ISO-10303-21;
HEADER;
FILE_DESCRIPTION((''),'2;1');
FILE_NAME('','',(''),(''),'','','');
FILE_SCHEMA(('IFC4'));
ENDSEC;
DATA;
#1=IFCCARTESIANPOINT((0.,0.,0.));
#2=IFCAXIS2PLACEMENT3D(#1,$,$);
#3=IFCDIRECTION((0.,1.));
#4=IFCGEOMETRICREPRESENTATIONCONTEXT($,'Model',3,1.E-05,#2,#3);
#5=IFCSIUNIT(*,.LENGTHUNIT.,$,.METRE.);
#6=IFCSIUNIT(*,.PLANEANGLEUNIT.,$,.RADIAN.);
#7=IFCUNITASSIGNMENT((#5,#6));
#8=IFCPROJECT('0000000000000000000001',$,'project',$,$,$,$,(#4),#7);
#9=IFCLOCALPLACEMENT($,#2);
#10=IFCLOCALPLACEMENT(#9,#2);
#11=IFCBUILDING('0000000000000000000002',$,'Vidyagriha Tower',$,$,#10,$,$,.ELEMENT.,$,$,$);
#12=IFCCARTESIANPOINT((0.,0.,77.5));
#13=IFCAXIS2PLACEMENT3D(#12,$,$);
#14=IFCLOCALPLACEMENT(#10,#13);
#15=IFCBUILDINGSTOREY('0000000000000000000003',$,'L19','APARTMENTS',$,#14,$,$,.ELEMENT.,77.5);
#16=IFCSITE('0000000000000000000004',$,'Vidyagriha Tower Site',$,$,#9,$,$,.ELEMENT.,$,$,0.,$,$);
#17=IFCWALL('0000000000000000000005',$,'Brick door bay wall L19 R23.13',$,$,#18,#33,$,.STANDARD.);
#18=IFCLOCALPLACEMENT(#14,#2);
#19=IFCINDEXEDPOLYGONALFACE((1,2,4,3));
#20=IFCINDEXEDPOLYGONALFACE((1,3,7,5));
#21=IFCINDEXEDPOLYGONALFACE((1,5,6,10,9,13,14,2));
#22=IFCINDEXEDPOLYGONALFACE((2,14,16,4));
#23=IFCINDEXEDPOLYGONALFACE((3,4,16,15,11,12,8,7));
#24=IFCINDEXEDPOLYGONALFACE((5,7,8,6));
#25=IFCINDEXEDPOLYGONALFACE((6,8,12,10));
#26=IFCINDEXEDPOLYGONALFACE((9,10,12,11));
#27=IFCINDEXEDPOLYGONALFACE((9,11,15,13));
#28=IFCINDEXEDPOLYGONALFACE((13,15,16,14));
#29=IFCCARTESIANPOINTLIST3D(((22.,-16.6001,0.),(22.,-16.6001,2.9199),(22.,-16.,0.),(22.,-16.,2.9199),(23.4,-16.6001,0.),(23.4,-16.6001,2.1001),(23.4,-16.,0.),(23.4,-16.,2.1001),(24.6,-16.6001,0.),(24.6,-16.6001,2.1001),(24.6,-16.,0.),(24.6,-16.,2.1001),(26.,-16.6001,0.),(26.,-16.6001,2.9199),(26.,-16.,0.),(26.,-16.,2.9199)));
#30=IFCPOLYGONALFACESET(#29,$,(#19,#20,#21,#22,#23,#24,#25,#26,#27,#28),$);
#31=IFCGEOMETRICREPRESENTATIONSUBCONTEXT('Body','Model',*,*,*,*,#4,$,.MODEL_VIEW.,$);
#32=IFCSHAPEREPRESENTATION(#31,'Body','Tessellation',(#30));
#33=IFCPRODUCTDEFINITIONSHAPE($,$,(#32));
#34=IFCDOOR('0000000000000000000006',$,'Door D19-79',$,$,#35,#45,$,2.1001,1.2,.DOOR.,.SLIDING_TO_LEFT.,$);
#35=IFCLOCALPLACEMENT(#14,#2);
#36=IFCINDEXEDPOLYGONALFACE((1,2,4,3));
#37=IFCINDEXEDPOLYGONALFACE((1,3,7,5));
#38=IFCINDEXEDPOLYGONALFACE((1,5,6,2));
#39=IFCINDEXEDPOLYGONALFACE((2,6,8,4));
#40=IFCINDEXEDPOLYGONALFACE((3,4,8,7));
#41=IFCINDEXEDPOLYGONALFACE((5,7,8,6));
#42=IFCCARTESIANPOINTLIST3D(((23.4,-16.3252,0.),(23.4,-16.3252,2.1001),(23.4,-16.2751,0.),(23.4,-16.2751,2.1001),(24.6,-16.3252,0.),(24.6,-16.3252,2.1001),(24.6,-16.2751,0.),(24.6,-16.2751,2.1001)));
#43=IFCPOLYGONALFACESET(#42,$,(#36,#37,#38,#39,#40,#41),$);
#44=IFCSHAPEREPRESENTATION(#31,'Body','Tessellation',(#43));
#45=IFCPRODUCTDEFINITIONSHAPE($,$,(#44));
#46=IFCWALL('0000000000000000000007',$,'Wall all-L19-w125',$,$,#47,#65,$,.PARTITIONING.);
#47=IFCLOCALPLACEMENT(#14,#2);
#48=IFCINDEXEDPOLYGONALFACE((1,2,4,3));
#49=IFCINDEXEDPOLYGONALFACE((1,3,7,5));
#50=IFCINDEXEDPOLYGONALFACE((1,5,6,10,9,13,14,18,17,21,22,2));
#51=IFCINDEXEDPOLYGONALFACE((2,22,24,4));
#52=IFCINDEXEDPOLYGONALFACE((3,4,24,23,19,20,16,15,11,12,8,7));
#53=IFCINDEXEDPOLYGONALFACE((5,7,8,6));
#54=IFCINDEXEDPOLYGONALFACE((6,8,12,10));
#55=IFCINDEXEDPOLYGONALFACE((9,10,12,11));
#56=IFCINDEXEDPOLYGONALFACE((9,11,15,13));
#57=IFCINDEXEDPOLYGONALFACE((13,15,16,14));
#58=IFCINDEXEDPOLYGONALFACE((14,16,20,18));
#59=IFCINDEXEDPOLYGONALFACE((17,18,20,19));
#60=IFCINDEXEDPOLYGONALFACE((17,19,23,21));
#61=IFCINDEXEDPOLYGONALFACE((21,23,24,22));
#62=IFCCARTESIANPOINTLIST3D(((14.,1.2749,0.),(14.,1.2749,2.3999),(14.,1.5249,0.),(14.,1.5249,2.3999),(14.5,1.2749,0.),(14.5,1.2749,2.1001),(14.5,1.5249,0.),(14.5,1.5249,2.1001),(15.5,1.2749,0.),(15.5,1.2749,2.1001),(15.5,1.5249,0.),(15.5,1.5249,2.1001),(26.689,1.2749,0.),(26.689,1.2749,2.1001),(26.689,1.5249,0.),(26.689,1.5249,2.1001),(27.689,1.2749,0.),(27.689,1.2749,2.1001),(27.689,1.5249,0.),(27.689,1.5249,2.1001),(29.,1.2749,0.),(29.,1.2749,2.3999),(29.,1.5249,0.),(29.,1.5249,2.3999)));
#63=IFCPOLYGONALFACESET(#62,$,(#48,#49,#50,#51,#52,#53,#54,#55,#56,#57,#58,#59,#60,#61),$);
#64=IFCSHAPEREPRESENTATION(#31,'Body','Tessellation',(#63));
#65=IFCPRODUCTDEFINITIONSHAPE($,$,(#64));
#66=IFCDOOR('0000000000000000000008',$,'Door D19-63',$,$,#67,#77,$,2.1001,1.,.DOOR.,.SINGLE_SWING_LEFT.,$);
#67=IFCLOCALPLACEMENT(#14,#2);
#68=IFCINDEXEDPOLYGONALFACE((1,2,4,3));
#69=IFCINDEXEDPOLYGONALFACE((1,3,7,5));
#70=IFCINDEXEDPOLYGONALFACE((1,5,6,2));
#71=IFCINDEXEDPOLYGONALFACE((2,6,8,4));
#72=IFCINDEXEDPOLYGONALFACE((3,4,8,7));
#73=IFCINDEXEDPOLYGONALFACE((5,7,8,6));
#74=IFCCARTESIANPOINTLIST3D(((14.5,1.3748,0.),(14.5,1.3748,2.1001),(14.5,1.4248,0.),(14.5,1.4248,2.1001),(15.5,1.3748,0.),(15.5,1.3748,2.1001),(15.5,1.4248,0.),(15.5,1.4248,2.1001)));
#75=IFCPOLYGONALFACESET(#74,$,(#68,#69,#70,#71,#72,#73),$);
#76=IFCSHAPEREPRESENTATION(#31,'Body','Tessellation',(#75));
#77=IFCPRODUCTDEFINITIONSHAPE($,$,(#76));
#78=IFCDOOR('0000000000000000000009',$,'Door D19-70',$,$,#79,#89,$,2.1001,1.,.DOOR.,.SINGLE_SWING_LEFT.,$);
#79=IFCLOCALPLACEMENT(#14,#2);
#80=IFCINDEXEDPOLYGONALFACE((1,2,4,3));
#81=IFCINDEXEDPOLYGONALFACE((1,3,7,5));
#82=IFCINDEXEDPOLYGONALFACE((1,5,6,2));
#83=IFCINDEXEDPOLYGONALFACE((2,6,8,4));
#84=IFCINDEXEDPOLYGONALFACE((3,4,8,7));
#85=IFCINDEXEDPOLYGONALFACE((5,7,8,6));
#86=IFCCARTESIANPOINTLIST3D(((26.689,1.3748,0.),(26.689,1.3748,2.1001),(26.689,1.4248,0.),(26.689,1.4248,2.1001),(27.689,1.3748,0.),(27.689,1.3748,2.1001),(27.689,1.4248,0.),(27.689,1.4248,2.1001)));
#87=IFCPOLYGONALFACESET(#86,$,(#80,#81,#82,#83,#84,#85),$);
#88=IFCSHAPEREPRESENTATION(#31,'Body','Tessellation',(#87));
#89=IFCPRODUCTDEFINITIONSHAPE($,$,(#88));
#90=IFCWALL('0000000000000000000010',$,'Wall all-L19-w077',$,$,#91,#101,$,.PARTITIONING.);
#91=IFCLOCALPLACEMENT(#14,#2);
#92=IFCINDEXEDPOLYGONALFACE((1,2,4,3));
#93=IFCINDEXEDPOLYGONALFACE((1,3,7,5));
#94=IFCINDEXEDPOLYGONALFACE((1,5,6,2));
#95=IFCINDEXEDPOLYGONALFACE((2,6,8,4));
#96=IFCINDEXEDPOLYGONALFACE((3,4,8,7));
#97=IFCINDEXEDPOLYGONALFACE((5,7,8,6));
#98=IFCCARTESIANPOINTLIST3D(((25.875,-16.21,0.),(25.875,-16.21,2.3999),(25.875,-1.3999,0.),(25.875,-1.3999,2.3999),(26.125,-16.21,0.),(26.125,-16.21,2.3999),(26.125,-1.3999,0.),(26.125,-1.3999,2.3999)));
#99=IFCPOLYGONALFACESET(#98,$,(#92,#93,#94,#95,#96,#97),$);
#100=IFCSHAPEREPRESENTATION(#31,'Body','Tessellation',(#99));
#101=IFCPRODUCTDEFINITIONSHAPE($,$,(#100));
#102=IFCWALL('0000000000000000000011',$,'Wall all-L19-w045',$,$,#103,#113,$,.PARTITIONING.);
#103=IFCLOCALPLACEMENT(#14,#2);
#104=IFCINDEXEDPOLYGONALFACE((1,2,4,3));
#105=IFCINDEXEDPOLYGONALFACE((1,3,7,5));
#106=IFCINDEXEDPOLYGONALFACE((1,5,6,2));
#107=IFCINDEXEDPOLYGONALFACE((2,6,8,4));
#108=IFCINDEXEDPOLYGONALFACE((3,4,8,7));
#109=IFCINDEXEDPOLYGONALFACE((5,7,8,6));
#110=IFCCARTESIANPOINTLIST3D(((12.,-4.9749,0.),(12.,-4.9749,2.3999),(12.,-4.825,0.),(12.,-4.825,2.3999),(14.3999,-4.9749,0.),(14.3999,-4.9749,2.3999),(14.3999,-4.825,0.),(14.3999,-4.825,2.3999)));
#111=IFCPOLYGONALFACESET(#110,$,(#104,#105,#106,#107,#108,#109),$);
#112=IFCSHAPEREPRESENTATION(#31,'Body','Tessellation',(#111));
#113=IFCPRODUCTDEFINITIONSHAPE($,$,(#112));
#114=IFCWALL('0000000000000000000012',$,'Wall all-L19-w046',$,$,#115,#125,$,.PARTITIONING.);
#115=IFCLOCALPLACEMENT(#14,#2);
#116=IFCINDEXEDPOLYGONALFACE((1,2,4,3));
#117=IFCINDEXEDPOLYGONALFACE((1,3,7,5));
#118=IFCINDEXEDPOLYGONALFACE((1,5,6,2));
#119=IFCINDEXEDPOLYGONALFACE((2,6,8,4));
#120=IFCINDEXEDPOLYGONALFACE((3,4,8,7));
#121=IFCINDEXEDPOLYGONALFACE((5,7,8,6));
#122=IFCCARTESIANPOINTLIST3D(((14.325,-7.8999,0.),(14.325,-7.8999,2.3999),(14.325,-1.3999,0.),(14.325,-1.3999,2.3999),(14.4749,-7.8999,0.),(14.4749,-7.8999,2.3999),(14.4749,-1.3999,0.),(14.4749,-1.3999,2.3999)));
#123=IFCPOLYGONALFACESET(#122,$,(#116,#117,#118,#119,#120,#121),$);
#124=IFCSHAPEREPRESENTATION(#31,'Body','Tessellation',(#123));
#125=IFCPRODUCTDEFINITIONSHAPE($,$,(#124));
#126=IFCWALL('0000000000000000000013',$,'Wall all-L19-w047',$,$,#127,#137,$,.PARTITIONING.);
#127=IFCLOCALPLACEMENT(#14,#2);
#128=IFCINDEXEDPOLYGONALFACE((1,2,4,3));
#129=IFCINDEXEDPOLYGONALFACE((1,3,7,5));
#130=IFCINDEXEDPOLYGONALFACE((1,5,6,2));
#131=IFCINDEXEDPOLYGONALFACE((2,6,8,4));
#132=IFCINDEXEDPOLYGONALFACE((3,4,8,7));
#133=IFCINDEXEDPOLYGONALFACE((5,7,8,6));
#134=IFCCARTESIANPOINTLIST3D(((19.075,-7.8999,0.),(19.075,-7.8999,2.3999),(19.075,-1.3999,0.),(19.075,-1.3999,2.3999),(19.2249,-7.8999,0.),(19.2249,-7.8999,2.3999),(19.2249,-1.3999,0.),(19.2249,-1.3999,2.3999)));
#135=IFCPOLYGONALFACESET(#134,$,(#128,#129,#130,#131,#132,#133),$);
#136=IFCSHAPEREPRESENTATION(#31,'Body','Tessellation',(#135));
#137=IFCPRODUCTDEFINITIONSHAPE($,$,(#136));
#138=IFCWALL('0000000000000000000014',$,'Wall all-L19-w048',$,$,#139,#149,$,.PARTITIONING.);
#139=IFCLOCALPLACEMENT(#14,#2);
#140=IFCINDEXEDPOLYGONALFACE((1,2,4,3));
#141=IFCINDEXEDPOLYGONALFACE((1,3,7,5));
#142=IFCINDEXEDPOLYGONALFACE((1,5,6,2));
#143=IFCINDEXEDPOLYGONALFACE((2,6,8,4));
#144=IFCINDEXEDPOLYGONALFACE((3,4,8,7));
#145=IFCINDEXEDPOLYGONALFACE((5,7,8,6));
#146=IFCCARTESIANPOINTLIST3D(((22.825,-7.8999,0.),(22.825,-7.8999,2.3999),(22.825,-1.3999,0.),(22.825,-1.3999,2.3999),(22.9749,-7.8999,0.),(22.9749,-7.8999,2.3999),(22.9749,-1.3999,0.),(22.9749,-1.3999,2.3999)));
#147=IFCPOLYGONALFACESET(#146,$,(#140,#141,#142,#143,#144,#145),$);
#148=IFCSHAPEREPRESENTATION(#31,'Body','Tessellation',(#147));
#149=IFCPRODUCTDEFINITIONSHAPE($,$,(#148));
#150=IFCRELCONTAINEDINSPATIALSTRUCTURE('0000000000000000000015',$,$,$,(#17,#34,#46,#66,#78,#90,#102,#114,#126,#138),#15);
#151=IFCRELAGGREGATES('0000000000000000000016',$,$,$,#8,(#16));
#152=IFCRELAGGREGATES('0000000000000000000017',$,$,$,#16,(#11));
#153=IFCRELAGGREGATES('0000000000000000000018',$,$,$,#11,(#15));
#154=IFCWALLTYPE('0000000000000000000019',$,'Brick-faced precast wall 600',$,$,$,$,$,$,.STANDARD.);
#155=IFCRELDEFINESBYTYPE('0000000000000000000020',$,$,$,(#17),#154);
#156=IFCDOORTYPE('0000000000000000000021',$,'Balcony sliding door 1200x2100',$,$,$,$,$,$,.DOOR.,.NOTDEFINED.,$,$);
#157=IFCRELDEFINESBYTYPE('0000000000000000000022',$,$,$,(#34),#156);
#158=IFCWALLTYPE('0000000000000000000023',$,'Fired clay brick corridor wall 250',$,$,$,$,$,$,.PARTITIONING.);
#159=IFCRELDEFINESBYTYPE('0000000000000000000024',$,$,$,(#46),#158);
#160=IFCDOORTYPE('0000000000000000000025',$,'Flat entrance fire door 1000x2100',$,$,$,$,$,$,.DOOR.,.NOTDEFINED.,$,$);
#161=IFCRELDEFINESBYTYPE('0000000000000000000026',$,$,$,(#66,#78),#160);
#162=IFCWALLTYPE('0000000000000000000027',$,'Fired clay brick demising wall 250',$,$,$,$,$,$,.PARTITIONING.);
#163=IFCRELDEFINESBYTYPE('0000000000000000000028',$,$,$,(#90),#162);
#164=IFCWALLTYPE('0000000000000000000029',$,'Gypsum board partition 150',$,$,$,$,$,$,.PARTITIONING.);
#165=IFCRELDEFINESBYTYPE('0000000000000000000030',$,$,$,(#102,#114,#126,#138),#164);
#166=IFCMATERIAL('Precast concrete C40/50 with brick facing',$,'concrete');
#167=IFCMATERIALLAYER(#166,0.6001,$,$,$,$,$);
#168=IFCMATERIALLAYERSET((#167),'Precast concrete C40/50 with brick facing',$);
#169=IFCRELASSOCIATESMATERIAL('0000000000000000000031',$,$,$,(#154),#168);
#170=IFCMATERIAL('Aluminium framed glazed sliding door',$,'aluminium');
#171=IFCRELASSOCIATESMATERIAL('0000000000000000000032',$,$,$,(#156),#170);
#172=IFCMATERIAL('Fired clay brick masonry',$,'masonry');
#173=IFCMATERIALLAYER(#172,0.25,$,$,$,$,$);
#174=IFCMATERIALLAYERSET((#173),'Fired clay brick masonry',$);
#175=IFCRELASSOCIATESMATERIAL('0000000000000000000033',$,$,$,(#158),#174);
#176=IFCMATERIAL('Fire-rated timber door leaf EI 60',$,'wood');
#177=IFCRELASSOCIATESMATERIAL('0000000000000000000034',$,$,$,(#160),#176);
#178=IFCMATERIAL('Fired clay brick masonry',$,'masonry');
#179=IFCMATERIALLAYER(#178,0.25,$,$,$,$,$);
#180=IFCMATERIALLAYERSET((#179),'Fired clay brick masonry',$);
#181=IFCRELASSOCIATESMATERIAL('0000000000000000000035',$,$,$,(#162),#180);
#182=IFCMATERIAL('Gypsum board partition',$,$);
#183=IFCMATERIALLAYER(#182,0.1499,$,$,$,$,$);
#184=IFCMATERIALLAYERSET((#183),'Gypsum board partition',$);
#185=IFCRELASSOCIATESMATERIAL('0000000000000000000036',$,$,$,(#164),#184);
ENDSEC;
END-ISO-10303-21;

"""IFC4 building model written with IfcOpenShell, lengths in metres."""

from ifc_helpers import new_model, si_unit, direction, frame, frame_2d, origin, place, context, subcontext, project, spatial, rectangle, extrude, material, layer, layer_set, type_object, element, fill, save


model = new_model("IFC4")

# Units and contexts
model_context = context("Model", 3, precision=1e-05, world=origin(), true_north=direction((0.0, 1.0)))
body_context = subcontext(model_context, "Body", "Model", "MODEL_VIEW")
ifc_project = project(units=[si_unit("LENGTHUNIT", "METRE"), si_unit("PLANEANGLEUNIT", "RADIAN")], contexts=[model_context])

# Site, building, storey
site_placement = place(None, origin())
site = spatial("IfcSite", under=ifc_project, at=site_placement, Name="Vidyagriha Tower Site", CompositionType="ELEMENT", RefElevation=0.0)
building_placement = place(site_placement, origin())
building = spatial("IfcBuilding", under=site, at=building_placement, Name="Vidyagriha Tower", CompositionType="ELEMENT")
storey_placement = place(building_placement, frame((0.0, 0.0, 77.5)))
storey = spatial("IfcBuildingStorey", under=building, at=storey_placement, Name="L19", Description="APARTMENTS", CompositionType="ELEMENT", Elevation=77.5)

# Wall, opening, door
ifc_material_1 = material(Name="Precast concrete C40/50 with brick facing", Category="concrete")
ifc_layer_1 = layer(ifc_material_1, 0.6001)
ifc_layer_set_1 = layer_set([ifc_layer_1], Name="Precast concrete C40/50 with brick facing")
wall_type_1 = type_object("IfcWallType", Name="Brick-faced precast wall 600", PredefinedType="STANDARD", material=ifc_layer_set_1)
wall_1_placement = place(storey_placement, frame((22.0, -16.3, 0.0)))
wall_1 = element("IfcWall", 1, at=wall_1_placement, inside=storey, type_object=wall_type_1, Name="Brick door bay wall L19 R23.13", PredefinedType="STANDARD", context=body_context, shape_type="SweptSolid", body=[
    extrude(rectangle(XDim=4.0, YDim=0.6001, at=frame_2d((2.0, 0.0))), origin(), (0.0, 0.0, 1.0), 2.9199),
])
opening_1_placement = place(wall_1_placement, frame((1.3999, 0.0, 0.0)))
opening_1 = element("IfcOpeningElement", 2, at=opening_1_placement, cuts=wall_1, PredefinedType="OPENING", context=body_context, shape_type="SweptSolid", body=[
    extrude(rectangle(XDim=1.2, YDim=2.1001, at=frame_2d((0.6001, 1.05))), frame((0.0, 0.3101, 0.0), z_axis=(0.0, -1.0, 0.0), x_axis=(1.0, 0.0, 0.0)), (0.0, 0.0, 1.0), 0.6201),
])
ifc_material_2 = material(Name="Aluminium framed glazed sliding door", Category="aluminium")
door_type_1 = type_object("IfcDoorType", Name="Balcony sliding door 1200x2100", OperationType="NOTDEFINED", PredefinedType="DOOR", material=ifc_material_2)
door_1_placement = place(opening_1_placement, origin())
door_1 = element("IfcDoor", 3, at=door_1_placement, inside=storey, type_object=door_type_1, Name="Door D19-79", OperationType="SLIDING_TO_LEFT", OverallHeight=2.1001, OverallWidth=1.2, PredefinedType="DOOR", context=body_context, shape_type="SweptSolid", body=[
    extrude(rectangle(XDim=1.2, YDim=2.1001, at=frame_2d((0.6001, 1.05))), frame((0.0, 0.0249, 0.0), z_axis=(0.0, -1.0, 0.0), x_axis=(1.0, 0.0, 0.0)), (0.0, 0.0, 1.0), 0.05),
])
fill(opening_1, door_1)

# Wall, openings, doors
ifc_material_3 = material(Name="Fired clay brick masonry", Category="masonry")
ifc_layer_2 = layer(ifc_material_3, 0.25)
ifc_layer_set_2 = layer_set([ifc_layer_2], Name="Fired clay brick masonry")
wall_type_2 = type_object("IfcWallType", Name="Fired clay brick corridor wall 250", PredefinedType="PARTITIONING", material=ifc_layer_set_2)
wall_2_placement = place(storey_placement, frame((14.0, 1.3999, 0.0)))
wall_2 = element("IfcWall", 4, at=wall_2_placement, inside=storey, type_object=wall_type_2, Name="Wall all-L19-w125", PredefinedType="PARTITIONING", context=body_context, shape_type="SweptSolid", body=[
    extrude(rectangle(XDim=15.0, YDim=0.25, at=frame_2d((7.5, 0.0))), origin(), (0.0, 0.0, 1.0), 2.3999),
])
opening_2_placement = place(wall_2_placement, frame((0.5, 0.0, 0.0)))
opening_2 = element("IfcOpeningElement", 5, at=opening_2_placement, cuts=wall_2, PredefinedType="OPENING", context=body_context, shape_type="SweptSolid", body=[
    extrude(rectangle(XDim=1.0, YDim=2.1001, at=frame_2d((0.5, 1.05))), frame((0.0, 0.135, 0.0), z_axis=(0.0, -1.0, 0.0), x_axis=(1.0, 0.0, 0.0)), (0.0, 0.0, 1.0), 0.27),
])
opening_3_placement = place(wall_2_placement, frame((12.689, 0.0, 0.0)))
opening_3 = element("IfcOpeningElement", 6, at=opening_3_placement, cuts=wall_2, PredefinedType="OPENING", context=body_context, shape_type="SweptSolid", body=[
    extrude(rectangle(XDim=1.0, YDim=2.1001, at=frame_2d((0.5, 1.05))), frame((0.0, 0.135, 0.0), z_axis=(0.0, -1.0, 0.0), x_axis=(1.0, 0.0, 0.0)), (0.0, 0.0, 1.0), 0.27),
])
ifc_material_4 = material(Name="Fire-rated timber door leaf EI 60", Category="wood")
door_type_2 = type_object("IfcDoorType", Name="Flat entrance fire door 1000x2100", OperationType="NOTDEFINED", PredefinedType="DOOR", material=ifc_material_4)
door_2_placement = place(opening_2_placement, origin())
door_2 = element("IfcDoor", 7, at=door_2_placement, inside=storey, type_object=door_type_2, Name="Door D19-63", OperationType="SINGLE_SWING_LEFT", OverallHeight=2.1001, OverallWidth=1.0, PredefinedType="DOOR", context=body_context, shape_type="SweptSolid", body=[
    extrude(rectangle(XDim=1.0, YDim=2.1001, at=frame_2d((0.5, 1.05))), frame((0.0, 0.0249, 0.0), z_axis=(0.0, -1.0, 0.0), x_axis=(1.0, 0.0, 0.0)), (0.0, 0.0, 1.0), 0.05),
])
fill(opening_2, door_2)
door_3_placement = place(opening_3_placement, origin())
door_3 = element("IfcDoor", 8, at=door_3_placement, inside=storey, type_object=door_type_2, Name="Door D19-70", OperationType="SINGLE_SWING_LEFT", OverallHeight=2.1001, OverallWidth=1.0, PredefinedType="DOOR", context=body_context, shape_type="SweptSolid", body=[
    extrude(rectangle(XDim=1.0, YDim=2.1001, at=frame_2d((0.5, 1.05))), frame((0.0, 0.0249, 0.0), z_axis=(0.0, -1.0, 0.0), x_axis=(1.0, 0.0, 0.0)), (0.0, 0.0, 1.0), 0.05),
])
fill(opening_3, door_3)

# Walls
ifc_material_5 = material(Name="Fired clay brick masonry", Category="masonry")
ifc_layer_3 = layer(ifc_material_5, 0.25)
ifc_layer_set_3 = layer_set([ifc_layer_3], Name="Fired clay brick masonry")
wall_type_3 = type_object("IfcWallType", Name="Fired clay brick demising wall 250", PredefinedType="PARTITIONING", material=ifc_layer_set_3)
wall_3_placement = place(storey_placement, frame((26.0, -1.3999, 0.0), z_axis=(0.0, 0.0, 1.0), x_axis=(0.0, -1.0, 0.0)))
element("IfcWall", 9, at=wall_3_placement, inside=storey, type_object=wall_type_3, Name="Wall all-L19-w077", PredefinedType="PARTITIONING", context=body_context, shape_type="SweptSolid", body=[
    extrude(rectangle(XDim=14.8101, YDim=0.25, at=frame_2d((7.405, 0.0))), origin(), (0.0, 0.0, 1.0), 2.3999),
])
ifc_material_6 = material(Name="Gypsum board partition")
ifc_layer_4 = layer(ifc_material_6, 0.1499)
ifc_layer_set_4 = layer_set([ifc_layer_4], Name="Gypsum board partition")
wall_type_4 = type_object("IfcWallType", Name="Gypsum board partition 150", PredefinedType="PARTITIONING", material=ifc_layer_set_4)
wall_4_placement = place(storey_placement, frame((14.3999, -4.8999, 0.0), z_axis=(0.0, 0.0, 1.0), x_axis=(-1.0, 0.0, 0.0)))
element("IfcWall", 10, at=wall_4_placement, inside=storey, type_object=wall_type_4, Name="Wall all-L19-w045", PredefinedType="PARTITIONING", context=body_context, shape_type="SweptSolid", body=[
    extrude(rectangle(XDim=2.3999, YDim=0.1499, at=frame_2d((1.2, 0.0))), origin(), (0.0, 0.0, 1.0), 2.3999),
])
for number, where, z_axis, x_axis, name in (
    (11, (14.3999, -1.3999, 0.0), (0.0, 0.0, 1.0), (0.0, -1.0, 0.0), "Wall all-L19-w046"),
    (12, (19.1499, -1.3999, 0.0), (0.0, 0.0, 1.0), (0.0, -1.0, 0.0), "Wall all-L19-w047"),
    (13, (22.8999, -1.3999, 0.0), (0.0, 0.0, 1.0), (0.0, -1.0, 0.0), "Wall all-L19-w048"),
):
    element("IfcWall", number, at=place(storey_placement, frame(where, z_axis=z_axis, x_axis=x_axis)), inside=storey, type_object=wall_type_4, Name=name, PredefinedType="PARTITIONING", context=body_context, shape_type="SweptSolid", body=[
        extrude(rectangle(XDim=6.5, YDim=0.1499, at=frame_2d((3.25, 0.0))), origin(), (0.0, 0.0, 1.0), 2.3999),
    ])

save(model, "model.ifc")
